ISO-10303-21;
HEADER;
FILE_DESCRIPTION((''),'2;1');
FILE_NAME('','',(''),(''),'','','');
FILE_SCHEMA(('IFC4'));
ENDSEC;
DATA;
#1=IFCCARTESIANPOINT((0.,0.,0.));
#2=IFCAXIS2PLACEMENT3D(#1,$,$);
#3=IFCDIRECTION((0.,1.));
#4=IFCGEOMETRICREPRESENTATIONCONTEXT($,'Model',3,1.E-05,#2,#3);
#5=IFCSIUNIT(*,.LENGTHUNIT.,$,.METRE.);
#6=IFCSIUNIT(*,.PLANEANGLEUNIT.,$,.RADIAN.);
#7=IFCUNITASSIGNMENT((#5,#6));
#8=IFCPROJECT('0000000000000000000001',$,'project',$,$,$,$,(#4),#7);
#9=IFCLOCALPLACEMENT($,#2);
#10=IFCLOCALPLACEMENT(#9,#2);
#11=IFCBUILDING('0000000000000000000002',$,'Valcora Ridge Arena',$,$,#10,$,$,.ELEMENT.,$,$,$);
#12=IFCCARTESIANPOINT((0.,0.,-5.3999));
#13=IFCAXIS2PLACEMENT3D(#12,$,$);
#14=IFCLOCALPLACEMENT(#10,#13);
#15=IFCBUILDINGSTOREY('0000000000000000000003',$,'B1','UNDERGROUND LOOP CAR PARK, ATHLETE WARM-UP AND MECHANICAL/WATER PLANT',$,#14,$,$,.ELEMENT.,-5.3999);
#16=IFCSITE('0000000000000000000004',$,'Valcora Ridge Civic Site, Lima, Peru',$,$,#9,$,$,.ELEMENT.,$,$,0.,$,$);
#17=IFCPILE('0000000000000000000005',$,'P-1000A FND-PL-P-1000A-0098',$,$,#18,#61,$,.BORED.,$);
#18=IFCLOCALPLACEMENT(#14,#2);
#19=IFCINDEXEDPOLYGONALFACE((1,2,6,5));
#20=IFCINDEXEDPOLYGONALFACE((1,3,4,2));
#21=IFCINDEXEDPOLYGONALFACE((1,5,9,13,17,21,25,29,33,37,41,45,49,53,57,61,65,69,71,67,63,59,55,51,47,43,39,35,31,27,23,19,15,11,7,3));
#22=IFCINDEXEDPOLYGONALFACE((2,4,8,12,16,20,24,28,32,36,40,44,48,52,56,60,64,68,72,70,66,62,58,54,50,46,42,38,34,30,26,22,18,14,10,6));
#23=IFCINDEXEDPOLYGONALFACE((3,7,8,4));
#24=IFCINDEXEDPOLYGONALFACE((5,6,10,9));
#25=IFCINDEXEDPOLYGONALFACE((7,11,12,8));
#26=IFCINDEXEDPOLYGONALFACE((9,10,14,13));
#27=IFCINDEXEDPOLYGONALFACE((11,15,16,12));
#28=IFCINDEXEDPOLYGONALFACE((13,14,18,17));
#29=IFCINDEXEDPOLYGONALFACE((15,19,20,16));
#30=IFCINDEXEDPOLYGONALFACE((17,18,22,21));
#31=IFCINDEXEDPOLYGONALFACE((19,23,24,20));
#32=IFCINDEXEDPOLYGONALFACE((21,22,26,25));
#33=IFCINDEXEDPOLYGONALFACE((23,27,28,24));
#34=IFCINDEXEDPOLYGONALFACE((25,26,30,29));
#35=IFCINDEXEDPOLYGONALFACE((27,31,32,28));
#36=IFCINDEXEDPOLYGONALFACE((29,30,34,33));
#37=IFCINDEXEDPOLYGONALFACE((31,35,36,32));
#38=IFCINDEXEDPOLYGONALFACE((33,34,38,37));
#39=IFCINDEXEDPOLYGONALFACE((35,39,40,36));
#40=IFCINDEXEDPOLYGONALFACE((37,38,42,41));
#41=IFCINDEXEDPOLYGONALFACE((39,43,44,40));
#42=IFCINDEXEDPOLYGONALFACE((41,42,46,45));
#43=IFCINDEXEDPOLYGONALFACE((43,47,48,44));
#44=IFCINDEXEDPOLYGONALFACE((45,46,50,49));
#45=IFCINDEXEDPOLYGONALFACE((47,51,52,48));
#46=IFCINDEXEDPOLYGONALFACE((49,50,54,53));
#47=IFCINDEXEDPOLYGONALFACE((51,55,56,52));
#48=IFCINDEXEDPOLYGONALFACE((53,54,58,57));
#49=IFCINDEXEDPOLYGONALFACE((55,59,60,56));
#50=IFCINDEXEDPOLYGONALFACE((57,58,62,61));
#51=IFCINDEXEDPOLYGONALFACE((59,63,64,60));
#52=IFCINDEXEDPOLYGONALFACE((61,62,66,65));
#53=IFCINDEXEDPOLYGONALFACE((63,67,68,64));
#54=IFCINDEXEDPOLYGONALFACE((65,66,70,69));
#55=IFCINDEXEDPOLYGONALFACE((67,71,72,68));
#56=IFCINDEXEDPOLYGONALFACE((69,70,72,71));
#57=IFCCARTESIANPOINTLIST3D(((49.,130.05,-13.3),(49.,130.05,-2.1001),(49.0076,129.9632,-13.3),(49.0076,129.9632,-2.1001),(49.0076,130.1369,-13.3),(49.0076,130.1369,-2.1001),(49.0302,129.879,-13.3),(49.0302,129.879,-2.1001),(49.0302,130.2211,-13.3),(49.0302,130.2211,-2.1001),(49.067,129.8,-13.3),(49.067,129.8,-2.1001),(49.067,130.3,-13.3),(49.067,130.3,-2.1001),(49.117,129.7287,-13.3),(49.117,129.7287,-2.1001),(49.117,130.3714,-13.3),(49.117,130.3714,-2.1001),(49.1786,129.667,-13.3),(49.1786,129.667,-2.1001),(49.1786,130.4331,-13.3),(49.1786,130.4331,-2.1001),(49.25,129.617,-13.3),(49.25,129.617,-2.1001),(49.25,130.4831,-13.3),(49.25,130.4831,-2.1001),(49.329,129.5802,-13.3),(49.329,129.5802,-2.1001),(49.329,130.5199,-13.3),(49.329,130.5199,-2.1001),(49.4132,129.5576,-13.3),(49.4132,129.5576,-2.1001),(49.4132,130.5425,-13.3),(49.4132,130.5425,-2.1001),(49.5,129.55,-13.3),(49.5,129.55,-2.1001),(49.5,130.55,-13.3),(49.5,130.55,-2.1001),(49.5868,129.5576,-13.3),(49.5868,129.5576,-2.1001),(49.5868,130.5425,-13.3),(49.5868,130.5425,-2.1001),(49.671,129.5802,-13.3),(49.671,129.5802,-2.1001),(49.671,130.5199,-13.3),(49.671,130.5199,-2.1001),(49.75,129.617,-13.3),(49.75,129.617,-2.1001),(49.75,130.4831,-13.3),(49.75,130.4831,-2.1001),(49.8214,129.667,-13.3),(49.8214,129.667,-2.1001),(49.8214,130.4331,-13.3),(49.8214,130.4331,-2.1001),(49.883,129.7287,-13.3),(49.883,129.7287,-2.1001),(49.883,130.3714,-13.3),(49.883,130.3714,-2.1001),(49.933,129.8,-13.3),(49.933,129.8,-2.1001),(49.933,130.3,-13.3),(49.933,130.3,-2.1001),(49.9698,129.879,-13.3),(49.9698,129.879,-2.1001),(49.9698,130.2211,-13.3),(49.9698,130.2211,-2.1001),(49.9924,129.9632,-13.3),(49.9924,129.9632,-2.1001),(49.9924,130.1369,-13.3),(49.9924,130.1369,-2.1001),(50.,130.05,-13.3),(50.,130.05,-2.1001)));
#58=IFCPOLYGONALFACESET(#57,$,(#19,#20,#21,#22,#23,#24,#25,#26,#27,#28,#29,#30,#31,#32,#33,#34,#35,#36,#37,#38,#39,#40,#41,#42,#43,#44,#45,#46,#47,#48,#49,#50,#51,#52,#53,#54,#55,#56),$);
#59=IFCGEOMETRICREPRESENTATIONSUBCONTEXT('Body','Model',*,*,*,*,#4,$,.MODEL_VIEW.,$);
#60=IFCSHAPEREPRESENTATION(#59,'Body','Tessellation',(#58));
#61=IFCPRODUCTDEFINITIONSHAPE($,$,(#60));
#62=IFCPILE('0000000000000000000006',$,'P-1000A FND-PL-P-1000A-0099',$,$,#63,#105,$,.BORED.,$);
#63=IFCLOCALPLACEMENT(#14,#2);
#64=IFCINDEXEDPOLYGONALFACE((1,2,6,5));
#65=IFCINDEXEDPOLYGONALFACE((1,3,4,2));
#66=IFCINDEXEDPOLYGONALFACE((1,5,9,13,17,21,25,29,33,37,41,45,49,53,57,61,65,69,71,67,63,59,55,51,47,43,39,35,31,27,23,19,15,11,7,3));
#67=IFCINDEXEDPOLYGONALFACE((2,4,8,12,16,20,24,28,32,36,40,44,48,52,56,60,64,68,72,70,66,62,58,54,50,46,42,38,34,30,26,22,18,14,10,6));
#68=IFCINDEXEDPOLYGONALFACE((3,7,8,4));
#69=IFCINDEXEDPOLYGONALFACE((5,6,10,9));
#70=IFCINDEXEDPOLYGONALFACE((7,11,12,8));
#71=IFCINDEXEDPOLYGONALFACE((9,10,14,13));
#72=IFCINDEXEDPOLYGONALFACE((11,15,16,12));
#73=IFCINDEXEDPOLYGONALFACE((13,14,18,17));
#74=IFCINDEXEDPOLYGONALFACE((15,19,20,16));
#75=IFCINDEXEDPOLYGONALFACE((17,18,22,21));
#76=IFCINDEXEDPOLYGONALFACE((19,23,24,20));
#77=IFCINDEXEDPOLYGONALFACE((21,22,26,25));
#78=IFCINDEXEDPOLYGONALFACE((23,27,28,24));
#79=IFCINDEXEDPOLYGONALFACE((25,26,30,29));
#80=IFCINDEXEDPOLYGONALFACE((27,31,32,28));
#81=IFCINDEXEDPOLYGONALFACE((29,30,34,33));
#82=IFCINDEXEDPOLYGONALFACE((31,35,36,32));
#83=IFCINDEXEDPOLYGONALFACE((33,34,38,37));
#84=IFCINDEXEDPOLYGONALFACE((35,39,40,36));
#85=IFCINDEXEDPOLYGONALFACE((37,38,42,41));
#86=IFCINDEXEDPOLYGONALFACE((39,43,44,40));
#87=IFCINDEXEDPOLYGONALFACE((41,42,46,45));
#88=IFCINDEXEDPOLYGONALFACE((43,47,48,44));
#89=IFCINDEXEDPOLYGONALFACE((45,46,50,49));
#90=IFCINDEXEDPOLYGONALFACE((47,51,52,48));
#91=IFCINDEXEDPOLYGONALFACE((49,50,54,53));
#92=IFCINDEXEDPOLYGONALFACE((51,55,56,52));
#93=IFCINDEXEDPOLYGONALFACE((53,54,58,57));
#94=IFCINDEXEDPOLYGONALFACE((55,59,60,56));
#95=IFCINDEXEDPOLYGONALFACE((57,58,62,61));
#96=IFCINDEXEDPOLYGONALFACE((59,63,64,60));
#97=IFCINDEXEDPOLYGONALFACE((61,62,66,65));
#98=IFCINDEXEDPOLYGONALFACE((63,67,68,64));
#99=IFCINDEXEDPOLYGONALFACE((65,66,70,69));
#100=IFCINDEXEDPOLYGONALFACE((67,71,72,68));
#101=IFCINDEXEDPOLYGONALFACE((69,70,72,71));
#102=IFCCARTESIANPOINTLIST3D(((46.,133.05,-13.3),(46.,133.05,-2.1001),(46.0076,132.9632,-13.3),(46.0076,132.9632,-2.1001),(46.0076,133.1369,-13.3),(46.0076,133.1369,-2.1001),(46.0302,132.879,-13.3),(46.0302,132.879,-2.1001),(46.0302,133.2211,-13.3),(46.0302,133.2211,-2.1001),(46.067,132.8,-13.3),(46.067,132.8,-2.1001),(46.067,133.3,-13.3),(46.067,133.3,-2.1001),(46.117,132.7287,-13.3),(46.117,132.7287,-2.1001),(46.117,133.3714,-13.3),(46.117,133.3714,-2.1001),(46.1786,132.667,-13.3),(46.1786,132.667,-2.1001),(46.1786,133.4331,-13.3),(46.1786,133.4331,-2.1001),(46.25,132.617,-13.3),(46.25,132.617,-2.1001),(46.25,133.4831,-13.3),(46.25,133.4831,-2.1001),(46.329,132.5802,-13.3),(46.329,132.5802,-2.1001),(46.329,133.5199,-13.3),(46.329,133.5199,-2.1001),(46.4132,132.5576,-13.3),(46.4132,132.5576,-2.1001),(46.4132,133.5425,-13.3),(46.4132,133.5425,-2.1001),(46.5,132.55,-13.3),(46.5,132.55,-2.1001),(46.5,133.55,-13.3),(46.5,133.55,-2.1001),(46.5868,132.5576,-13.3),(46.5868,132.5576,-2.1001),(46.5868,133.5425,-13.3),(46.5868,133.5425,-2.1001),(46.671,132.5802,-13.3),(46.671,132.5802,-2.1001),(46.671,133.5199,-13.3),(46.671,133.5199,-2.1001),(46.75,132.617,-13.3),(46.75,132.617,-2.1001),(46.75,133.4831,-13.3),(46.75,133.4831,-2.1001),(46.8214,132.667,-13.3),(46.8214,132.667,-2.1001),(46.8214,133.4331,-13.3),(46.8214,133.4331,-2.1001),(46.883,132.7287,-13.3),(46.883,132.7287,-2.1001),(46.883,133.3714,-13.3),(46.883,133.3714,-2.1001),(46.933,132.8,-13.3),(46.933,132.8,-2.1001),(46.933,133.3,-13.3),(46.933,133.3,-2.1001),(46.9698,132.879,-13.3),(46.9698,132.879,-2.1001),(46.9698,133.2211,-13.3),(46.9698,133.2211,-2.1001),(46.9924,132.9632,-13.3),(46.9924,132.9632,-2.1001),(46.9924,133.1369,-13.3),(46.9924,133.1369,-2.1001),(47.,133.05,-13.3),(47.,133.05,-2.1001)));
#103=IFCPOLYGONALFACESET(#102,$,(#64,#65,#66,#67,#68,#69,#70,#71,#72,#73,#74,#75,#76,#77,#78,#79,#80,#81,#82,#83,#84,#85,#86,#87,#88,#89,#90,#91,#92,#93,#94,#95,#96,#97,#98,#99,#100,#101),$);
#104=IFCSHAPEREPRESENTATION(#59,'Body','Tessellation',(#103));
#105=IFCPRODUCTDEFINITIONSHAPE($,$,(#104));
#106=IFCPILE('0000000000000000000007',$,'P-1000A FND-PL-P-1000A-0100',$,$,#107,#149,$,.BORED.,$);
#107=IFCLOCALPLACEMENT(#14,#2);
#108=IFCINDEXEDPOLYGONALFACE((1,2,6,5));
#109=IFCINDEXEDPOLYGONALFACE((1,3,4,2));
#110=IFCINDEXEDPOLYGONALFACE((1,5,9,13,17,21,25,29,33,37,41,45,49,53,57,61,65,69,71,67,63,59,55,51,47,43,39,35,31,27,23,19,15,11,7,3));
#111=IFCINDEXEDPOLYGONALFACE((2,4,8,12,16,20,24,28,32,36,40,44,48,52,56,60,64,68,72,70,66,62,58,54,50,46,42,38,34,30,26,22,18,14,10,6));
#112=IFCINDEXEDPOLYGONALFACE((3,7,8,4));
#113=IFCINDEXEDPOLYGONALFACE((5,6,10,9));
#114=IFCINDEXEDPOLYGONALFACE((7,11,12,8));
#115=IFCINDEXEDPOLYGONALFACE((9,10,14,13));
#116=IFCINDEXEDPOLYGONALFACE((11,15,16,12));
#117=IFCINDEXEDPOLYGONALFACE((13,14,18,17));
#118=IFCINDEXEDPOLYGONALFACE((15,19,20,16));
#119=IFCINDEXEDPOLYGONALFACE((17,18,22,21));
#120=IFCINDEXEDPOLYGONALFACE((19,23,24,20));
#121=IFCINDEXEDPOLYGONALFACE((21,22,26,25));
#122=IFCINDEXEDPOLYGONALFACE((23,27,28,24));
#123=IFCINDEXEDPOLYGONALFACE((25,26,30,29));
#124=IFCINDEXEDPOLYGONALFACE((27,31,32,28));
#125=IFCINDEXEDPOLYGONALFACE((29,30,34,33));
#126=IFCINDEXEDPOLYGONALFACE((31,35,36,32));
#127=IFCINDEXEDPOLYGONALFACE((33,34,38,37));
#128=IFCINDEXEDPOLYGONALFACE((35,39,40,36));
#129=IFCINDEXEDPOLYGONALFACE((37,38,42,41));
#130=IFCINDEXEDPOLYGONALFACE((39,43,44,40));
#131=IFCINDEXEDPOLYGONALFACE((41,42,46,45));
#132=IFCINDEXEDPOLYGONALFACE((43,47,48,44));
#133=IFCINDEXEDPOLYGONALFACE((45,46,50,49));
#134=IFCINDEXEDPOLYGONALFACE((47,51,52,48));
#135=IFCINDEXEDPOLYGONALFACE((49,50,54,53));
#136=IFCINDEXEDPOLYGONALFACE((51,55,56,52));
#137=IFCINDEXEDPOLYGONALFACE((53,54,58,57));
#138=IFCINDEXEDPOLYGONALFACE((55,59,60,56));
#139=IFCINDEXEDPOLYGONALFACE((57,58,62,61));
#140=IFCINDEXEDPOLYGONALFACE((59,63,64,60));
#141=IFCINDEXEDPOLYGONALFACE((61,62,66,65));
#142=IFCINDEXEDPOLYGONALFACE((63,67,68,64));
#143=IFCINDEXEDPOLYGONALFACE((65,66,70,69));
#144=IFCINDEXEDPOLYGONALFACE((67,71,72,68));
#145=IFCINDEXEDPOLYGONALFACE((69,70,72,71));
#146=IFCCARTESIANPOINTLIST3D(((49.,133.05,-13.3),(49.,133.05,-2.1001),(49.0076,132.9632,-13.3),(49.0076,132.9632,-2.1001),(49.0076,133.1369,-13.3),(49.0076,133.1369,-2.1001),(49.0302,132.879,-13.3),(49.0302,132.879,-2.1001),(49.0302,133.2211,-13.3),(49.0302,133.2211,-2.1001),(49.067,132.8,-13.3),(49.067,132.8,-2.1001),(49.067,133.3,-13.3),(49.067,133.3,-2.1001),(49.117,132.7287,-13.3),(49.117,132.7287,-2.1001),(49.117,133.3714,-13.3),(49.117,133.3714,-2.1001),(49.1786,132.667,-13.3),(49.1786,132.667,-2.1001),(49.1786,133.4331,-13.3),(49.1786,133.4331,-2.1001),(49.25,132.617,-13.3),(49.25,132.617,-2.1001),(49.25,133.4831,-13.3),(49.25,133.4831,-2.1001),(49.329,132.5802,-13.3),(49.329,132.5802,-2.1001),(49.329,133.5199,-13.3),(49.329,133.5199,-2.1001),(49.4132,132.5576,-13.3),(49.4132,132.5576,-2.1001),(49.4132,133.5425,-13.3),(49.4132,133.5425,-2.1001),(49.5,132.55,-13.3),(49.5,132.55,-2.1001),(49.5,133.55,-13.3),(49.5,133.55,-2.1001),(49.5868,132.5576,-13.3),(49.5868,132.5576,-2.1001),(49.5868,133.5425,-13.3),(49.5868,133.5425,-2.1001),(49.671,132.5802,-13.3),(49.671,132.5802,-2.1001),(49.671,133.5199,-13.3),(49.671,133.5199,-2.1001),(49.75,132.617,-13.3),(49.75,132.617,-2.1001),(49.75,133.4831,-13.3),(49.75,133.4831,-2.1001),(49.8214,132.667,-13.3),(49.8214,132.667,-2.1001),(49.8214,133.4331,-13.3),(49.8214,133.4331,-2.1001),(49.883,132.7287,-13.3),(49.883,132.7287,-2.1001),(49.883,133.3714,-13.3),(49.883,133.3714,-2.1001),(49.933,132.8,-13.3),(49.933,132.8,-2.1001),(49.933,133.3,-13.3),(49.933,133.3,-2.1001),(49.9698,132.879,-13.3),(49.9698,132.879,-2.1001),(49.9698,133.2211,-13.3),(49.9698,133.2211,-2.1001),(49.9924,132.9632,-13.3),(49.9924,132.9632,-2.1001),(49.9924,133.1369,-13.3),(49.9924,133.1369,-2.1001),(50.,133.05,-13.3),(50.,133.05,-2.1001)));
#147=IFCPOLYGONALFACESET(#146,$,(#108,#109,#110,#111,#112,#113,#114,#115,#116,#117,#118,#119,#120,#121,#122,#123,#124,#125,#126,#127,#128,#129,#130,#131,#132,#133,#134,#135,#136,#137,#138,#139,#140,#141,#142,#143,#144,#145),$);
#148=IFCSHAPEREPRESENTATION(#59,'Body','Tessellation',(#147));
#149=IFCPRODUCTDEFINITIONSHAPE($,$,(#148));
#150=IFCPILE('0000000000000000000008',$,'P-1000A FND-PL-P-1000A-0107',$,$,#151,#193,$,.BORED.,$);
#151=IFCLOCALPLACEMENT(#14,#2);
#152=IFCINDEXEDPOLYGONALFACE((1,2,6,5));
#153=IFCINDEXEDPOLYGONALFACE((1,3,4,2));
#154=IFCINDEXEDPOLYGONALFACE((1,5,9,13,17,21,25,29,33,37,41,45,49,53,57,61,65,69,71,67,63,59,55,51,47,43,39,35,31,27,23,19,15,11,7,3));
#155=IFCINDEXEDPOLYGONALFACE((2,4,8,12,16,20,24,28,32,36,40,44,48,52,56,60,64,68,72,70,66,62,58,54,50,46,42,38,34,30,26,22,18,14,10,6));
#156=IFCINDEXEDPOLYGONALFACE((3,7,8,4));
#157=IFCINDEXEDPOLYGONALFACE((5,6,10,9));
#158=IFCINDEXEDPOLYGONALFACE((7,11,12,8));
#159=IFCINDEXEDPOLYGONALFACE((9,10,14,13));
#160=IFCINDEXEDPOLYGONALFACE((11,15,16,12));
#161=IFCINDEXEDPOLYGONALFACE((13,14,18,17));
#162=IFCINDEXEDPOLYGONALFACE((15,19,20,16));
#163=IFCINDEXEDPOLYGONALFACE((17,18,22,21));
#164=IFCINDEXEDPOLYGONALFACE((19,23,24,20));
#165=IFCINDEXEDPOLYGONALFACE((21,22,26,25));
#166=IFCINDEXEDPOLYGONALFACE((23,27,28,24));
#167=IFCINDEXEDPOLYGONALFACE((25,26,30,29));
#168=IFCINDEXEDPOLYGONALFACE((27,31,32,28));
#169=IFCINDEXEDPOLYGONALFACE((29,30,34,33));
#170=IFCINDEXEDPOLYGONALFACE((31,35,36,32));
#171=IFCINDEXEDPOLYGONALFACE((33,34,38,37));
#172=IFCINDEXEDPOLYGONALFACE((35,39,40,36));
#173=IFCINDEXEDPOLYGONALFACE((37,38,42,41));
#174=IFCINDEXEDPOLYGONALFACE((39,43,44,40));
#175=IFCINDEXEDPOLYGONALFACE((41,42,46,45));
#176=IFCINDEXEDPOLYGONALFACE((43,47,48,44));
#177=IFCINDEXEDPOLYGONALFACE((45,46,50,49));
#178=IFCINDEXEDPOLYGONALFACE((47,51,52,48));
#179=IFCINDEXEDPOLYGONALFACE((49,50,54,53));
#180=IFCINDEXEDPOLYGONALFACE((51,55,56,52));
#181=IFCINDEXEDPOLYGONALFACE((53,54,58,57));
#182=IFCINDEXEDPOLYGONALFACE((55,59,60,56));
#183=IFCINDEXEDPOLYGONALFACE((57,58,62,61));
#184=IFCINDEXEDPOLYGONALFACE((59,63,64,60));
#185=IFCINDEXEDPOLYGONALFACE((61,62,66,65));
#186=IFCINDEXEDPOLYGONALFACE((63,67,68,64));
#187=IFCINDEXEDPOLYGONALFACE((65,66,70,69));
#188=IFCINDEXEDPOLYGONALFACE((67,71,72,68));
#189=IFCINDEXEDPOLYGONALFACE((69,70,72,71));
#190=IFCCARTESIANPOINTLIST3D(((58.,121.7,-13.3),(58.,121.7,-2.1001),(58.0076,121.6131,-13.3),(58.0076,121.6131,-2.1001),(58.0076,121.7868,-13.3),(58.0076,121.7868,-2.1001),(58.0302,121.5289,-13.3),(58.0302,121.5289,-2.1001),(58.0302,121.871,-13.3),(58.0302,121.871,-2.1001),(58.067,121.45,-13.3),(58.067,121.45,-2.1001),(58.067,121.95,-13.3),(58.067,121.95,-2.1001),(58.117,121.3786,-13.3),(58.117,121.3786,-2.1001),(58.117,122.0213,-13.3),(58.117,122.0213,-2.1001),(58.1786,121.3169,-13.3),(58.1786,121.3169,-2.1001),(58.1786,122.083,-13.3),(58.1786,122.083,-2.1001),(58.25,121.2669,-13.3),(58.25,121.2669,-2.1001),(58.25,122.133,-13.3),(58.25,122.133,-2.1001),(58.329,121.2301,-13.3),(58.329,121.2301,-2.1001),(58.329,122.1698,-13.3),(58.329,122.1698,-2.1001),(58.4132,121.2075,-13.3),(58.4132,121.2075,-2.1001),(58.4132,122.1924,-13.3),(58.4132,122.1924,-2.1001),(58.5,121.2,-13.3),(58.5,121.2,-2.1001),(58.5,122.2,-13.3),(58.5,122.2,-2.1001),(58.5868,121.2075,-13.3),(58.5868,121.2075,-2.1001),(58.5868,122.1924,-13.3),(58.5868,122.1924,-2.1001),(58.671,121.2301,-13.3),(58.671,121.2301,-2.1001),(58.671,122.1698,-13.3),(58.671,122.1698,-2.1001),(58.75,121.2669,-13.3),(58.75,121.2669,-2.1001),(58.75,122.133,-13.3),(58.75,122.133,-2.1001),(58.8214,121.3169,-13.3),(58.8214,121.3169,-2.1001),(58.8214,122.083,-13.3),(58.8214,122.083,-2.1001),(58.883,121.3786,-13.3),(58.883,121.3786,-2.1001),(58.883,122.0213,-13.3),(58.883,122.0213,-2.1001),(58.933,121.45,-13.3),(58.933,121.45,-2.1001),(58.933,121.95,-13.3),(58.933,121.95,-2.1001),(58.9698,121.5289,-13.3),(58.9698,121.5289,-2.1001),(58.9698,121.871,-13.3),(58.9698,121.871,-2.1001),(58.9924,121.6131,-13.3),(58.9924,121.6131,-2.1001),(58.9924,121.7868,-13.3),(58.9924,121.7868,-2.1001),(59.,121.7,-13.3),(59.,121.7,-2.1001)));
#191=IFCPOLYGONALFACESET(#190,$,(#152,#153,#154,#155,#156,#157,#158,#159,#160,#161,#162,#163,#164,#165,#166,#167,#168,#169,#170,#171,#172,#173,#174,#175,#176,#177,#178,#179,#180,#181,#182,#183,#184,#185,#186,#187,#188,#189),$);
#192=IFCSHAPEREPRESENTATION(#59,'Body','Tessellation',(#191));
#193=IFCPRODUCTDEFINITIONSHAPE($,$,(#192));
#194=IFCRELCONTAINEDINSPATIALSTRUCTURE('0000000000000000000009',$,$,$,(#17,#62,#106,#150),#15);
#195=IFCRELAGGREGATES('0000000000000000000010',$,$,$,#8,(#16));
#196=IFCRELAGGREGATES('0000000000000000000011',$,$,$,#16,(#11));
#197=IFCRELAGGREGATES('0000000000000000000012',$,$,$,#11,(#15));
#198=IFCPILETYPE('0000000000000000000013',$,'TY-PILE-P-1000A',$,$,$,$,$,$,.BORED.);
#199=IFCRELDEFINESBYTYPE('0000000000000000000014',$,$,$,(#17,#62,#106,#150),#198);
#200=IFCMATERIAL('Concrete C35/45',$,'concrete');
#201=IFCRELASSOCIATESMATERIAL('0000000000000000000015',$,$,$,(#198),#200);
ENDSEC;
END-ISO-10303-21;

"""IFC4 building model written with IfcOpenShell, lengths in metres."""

from ifc_helpers import new_model, si_unit, direction, frame, origin, origin_2d, place, context, subcontext, project, spatial, circle, extrude, material, material_profile, profile_set, type_object, element, save


model = new_model("IFC4")

# Units and contexts
model_context = context("Model", 3, precision=1e-05, world=origin(), true_north=direction((0.0, 1.0)))
body_context = subcontext(model_context, "Body", "Model", "MODEL_VIEW")
ifc_project = project(units=[si_unit("LENGTHUNIT", "METRE"), si_unit("PLANEANGLEUNIT", "RADIAN")], contexts=[model_context])

# Site, building, storey
site_placement = place(None, origin())
site = spatial("IfcSite", under=ifc_project, at=site_placement, Name="Valcora Ridge Civic Site, Lima, Peru", CompositionType="ELEMENT", RefElevation=0.0)
building_placement = place(site_placement, origin())
building = spatial("IfcBuilding", under=site, at=building_placement, Name="Valcora Ridge Arena", CompositionType="ELEMENT")
storey_placement = place(building_placement, frame((0.0, 0.0, -5.3999)))
storey = spatial("IfcBuildingStorey", under=building, at=storey_placement, Name="B1", Description="UNDERGROUND LOOP CAR PARK, ATHLETE WARM-UP AND MECHANICAL/WATER PLANT", CompositionType="ELEMENT", Elevation=-5.3999)

# Piles
ifc_material_1 = material(Name="Concrete C35/45", Category="concrete")
ifc_material_profile_1 = material_profile(ifc_material_1, circle(Radius=0.5, at=origin_2d()), Name="BORED PILE D1000")
ifc_profile_set_1 = profile_set([ifc_material_profile_1], Name="Concrete C35/45")
pile_type_1 = type_object("IfcPileType", Name="TY-PILE-P-1000A", PredefinedType="BORED", material=ifc_profile_set_1)
for number, where, z_axis, x_axis, name in (
    (1, (49.5, 130.05, -2.1001), (0.0, 0.0, -1.0), (1.0, 0.0, 0.0), "P-1000A FND-PL-P-1000A-0098"),
    (2, (46.5, 133.05, -2.1001), (0.0, 0.0, -1.0), (1.0, 0.0, 0.0), "P-1000A FND-PL-P-1000A-0099"),
    (3, (49.5, 133.05, -2.1001), (0.0, 0.0, -1.0), (1.0, 0.0, 0.0), "P-1000A FND-PL-P-1000A-0100"),
    (4, (58.5, 121.7, -2.1001), (0.0, 0.0, -1.0), (1.0, 0.0, 0.0), "P-1000A FND-PL-P-1000A-0107"),
):
    element("IfcPile", number, at=place(storey_placement, frame(where, z_axis=z_axis, x_axis=x_axis)), inside=storey, type_object=pile_type_1, Name=name, PredefinedType="BORED", context=body_context, shape_type="SweptSolid", body=[
        extrude(circle(Radius=0.5, at=origin_2d()), origin(), (0.0, 0.0, 1.0), 11.2),
    ])

save(model, "model.ifc")
